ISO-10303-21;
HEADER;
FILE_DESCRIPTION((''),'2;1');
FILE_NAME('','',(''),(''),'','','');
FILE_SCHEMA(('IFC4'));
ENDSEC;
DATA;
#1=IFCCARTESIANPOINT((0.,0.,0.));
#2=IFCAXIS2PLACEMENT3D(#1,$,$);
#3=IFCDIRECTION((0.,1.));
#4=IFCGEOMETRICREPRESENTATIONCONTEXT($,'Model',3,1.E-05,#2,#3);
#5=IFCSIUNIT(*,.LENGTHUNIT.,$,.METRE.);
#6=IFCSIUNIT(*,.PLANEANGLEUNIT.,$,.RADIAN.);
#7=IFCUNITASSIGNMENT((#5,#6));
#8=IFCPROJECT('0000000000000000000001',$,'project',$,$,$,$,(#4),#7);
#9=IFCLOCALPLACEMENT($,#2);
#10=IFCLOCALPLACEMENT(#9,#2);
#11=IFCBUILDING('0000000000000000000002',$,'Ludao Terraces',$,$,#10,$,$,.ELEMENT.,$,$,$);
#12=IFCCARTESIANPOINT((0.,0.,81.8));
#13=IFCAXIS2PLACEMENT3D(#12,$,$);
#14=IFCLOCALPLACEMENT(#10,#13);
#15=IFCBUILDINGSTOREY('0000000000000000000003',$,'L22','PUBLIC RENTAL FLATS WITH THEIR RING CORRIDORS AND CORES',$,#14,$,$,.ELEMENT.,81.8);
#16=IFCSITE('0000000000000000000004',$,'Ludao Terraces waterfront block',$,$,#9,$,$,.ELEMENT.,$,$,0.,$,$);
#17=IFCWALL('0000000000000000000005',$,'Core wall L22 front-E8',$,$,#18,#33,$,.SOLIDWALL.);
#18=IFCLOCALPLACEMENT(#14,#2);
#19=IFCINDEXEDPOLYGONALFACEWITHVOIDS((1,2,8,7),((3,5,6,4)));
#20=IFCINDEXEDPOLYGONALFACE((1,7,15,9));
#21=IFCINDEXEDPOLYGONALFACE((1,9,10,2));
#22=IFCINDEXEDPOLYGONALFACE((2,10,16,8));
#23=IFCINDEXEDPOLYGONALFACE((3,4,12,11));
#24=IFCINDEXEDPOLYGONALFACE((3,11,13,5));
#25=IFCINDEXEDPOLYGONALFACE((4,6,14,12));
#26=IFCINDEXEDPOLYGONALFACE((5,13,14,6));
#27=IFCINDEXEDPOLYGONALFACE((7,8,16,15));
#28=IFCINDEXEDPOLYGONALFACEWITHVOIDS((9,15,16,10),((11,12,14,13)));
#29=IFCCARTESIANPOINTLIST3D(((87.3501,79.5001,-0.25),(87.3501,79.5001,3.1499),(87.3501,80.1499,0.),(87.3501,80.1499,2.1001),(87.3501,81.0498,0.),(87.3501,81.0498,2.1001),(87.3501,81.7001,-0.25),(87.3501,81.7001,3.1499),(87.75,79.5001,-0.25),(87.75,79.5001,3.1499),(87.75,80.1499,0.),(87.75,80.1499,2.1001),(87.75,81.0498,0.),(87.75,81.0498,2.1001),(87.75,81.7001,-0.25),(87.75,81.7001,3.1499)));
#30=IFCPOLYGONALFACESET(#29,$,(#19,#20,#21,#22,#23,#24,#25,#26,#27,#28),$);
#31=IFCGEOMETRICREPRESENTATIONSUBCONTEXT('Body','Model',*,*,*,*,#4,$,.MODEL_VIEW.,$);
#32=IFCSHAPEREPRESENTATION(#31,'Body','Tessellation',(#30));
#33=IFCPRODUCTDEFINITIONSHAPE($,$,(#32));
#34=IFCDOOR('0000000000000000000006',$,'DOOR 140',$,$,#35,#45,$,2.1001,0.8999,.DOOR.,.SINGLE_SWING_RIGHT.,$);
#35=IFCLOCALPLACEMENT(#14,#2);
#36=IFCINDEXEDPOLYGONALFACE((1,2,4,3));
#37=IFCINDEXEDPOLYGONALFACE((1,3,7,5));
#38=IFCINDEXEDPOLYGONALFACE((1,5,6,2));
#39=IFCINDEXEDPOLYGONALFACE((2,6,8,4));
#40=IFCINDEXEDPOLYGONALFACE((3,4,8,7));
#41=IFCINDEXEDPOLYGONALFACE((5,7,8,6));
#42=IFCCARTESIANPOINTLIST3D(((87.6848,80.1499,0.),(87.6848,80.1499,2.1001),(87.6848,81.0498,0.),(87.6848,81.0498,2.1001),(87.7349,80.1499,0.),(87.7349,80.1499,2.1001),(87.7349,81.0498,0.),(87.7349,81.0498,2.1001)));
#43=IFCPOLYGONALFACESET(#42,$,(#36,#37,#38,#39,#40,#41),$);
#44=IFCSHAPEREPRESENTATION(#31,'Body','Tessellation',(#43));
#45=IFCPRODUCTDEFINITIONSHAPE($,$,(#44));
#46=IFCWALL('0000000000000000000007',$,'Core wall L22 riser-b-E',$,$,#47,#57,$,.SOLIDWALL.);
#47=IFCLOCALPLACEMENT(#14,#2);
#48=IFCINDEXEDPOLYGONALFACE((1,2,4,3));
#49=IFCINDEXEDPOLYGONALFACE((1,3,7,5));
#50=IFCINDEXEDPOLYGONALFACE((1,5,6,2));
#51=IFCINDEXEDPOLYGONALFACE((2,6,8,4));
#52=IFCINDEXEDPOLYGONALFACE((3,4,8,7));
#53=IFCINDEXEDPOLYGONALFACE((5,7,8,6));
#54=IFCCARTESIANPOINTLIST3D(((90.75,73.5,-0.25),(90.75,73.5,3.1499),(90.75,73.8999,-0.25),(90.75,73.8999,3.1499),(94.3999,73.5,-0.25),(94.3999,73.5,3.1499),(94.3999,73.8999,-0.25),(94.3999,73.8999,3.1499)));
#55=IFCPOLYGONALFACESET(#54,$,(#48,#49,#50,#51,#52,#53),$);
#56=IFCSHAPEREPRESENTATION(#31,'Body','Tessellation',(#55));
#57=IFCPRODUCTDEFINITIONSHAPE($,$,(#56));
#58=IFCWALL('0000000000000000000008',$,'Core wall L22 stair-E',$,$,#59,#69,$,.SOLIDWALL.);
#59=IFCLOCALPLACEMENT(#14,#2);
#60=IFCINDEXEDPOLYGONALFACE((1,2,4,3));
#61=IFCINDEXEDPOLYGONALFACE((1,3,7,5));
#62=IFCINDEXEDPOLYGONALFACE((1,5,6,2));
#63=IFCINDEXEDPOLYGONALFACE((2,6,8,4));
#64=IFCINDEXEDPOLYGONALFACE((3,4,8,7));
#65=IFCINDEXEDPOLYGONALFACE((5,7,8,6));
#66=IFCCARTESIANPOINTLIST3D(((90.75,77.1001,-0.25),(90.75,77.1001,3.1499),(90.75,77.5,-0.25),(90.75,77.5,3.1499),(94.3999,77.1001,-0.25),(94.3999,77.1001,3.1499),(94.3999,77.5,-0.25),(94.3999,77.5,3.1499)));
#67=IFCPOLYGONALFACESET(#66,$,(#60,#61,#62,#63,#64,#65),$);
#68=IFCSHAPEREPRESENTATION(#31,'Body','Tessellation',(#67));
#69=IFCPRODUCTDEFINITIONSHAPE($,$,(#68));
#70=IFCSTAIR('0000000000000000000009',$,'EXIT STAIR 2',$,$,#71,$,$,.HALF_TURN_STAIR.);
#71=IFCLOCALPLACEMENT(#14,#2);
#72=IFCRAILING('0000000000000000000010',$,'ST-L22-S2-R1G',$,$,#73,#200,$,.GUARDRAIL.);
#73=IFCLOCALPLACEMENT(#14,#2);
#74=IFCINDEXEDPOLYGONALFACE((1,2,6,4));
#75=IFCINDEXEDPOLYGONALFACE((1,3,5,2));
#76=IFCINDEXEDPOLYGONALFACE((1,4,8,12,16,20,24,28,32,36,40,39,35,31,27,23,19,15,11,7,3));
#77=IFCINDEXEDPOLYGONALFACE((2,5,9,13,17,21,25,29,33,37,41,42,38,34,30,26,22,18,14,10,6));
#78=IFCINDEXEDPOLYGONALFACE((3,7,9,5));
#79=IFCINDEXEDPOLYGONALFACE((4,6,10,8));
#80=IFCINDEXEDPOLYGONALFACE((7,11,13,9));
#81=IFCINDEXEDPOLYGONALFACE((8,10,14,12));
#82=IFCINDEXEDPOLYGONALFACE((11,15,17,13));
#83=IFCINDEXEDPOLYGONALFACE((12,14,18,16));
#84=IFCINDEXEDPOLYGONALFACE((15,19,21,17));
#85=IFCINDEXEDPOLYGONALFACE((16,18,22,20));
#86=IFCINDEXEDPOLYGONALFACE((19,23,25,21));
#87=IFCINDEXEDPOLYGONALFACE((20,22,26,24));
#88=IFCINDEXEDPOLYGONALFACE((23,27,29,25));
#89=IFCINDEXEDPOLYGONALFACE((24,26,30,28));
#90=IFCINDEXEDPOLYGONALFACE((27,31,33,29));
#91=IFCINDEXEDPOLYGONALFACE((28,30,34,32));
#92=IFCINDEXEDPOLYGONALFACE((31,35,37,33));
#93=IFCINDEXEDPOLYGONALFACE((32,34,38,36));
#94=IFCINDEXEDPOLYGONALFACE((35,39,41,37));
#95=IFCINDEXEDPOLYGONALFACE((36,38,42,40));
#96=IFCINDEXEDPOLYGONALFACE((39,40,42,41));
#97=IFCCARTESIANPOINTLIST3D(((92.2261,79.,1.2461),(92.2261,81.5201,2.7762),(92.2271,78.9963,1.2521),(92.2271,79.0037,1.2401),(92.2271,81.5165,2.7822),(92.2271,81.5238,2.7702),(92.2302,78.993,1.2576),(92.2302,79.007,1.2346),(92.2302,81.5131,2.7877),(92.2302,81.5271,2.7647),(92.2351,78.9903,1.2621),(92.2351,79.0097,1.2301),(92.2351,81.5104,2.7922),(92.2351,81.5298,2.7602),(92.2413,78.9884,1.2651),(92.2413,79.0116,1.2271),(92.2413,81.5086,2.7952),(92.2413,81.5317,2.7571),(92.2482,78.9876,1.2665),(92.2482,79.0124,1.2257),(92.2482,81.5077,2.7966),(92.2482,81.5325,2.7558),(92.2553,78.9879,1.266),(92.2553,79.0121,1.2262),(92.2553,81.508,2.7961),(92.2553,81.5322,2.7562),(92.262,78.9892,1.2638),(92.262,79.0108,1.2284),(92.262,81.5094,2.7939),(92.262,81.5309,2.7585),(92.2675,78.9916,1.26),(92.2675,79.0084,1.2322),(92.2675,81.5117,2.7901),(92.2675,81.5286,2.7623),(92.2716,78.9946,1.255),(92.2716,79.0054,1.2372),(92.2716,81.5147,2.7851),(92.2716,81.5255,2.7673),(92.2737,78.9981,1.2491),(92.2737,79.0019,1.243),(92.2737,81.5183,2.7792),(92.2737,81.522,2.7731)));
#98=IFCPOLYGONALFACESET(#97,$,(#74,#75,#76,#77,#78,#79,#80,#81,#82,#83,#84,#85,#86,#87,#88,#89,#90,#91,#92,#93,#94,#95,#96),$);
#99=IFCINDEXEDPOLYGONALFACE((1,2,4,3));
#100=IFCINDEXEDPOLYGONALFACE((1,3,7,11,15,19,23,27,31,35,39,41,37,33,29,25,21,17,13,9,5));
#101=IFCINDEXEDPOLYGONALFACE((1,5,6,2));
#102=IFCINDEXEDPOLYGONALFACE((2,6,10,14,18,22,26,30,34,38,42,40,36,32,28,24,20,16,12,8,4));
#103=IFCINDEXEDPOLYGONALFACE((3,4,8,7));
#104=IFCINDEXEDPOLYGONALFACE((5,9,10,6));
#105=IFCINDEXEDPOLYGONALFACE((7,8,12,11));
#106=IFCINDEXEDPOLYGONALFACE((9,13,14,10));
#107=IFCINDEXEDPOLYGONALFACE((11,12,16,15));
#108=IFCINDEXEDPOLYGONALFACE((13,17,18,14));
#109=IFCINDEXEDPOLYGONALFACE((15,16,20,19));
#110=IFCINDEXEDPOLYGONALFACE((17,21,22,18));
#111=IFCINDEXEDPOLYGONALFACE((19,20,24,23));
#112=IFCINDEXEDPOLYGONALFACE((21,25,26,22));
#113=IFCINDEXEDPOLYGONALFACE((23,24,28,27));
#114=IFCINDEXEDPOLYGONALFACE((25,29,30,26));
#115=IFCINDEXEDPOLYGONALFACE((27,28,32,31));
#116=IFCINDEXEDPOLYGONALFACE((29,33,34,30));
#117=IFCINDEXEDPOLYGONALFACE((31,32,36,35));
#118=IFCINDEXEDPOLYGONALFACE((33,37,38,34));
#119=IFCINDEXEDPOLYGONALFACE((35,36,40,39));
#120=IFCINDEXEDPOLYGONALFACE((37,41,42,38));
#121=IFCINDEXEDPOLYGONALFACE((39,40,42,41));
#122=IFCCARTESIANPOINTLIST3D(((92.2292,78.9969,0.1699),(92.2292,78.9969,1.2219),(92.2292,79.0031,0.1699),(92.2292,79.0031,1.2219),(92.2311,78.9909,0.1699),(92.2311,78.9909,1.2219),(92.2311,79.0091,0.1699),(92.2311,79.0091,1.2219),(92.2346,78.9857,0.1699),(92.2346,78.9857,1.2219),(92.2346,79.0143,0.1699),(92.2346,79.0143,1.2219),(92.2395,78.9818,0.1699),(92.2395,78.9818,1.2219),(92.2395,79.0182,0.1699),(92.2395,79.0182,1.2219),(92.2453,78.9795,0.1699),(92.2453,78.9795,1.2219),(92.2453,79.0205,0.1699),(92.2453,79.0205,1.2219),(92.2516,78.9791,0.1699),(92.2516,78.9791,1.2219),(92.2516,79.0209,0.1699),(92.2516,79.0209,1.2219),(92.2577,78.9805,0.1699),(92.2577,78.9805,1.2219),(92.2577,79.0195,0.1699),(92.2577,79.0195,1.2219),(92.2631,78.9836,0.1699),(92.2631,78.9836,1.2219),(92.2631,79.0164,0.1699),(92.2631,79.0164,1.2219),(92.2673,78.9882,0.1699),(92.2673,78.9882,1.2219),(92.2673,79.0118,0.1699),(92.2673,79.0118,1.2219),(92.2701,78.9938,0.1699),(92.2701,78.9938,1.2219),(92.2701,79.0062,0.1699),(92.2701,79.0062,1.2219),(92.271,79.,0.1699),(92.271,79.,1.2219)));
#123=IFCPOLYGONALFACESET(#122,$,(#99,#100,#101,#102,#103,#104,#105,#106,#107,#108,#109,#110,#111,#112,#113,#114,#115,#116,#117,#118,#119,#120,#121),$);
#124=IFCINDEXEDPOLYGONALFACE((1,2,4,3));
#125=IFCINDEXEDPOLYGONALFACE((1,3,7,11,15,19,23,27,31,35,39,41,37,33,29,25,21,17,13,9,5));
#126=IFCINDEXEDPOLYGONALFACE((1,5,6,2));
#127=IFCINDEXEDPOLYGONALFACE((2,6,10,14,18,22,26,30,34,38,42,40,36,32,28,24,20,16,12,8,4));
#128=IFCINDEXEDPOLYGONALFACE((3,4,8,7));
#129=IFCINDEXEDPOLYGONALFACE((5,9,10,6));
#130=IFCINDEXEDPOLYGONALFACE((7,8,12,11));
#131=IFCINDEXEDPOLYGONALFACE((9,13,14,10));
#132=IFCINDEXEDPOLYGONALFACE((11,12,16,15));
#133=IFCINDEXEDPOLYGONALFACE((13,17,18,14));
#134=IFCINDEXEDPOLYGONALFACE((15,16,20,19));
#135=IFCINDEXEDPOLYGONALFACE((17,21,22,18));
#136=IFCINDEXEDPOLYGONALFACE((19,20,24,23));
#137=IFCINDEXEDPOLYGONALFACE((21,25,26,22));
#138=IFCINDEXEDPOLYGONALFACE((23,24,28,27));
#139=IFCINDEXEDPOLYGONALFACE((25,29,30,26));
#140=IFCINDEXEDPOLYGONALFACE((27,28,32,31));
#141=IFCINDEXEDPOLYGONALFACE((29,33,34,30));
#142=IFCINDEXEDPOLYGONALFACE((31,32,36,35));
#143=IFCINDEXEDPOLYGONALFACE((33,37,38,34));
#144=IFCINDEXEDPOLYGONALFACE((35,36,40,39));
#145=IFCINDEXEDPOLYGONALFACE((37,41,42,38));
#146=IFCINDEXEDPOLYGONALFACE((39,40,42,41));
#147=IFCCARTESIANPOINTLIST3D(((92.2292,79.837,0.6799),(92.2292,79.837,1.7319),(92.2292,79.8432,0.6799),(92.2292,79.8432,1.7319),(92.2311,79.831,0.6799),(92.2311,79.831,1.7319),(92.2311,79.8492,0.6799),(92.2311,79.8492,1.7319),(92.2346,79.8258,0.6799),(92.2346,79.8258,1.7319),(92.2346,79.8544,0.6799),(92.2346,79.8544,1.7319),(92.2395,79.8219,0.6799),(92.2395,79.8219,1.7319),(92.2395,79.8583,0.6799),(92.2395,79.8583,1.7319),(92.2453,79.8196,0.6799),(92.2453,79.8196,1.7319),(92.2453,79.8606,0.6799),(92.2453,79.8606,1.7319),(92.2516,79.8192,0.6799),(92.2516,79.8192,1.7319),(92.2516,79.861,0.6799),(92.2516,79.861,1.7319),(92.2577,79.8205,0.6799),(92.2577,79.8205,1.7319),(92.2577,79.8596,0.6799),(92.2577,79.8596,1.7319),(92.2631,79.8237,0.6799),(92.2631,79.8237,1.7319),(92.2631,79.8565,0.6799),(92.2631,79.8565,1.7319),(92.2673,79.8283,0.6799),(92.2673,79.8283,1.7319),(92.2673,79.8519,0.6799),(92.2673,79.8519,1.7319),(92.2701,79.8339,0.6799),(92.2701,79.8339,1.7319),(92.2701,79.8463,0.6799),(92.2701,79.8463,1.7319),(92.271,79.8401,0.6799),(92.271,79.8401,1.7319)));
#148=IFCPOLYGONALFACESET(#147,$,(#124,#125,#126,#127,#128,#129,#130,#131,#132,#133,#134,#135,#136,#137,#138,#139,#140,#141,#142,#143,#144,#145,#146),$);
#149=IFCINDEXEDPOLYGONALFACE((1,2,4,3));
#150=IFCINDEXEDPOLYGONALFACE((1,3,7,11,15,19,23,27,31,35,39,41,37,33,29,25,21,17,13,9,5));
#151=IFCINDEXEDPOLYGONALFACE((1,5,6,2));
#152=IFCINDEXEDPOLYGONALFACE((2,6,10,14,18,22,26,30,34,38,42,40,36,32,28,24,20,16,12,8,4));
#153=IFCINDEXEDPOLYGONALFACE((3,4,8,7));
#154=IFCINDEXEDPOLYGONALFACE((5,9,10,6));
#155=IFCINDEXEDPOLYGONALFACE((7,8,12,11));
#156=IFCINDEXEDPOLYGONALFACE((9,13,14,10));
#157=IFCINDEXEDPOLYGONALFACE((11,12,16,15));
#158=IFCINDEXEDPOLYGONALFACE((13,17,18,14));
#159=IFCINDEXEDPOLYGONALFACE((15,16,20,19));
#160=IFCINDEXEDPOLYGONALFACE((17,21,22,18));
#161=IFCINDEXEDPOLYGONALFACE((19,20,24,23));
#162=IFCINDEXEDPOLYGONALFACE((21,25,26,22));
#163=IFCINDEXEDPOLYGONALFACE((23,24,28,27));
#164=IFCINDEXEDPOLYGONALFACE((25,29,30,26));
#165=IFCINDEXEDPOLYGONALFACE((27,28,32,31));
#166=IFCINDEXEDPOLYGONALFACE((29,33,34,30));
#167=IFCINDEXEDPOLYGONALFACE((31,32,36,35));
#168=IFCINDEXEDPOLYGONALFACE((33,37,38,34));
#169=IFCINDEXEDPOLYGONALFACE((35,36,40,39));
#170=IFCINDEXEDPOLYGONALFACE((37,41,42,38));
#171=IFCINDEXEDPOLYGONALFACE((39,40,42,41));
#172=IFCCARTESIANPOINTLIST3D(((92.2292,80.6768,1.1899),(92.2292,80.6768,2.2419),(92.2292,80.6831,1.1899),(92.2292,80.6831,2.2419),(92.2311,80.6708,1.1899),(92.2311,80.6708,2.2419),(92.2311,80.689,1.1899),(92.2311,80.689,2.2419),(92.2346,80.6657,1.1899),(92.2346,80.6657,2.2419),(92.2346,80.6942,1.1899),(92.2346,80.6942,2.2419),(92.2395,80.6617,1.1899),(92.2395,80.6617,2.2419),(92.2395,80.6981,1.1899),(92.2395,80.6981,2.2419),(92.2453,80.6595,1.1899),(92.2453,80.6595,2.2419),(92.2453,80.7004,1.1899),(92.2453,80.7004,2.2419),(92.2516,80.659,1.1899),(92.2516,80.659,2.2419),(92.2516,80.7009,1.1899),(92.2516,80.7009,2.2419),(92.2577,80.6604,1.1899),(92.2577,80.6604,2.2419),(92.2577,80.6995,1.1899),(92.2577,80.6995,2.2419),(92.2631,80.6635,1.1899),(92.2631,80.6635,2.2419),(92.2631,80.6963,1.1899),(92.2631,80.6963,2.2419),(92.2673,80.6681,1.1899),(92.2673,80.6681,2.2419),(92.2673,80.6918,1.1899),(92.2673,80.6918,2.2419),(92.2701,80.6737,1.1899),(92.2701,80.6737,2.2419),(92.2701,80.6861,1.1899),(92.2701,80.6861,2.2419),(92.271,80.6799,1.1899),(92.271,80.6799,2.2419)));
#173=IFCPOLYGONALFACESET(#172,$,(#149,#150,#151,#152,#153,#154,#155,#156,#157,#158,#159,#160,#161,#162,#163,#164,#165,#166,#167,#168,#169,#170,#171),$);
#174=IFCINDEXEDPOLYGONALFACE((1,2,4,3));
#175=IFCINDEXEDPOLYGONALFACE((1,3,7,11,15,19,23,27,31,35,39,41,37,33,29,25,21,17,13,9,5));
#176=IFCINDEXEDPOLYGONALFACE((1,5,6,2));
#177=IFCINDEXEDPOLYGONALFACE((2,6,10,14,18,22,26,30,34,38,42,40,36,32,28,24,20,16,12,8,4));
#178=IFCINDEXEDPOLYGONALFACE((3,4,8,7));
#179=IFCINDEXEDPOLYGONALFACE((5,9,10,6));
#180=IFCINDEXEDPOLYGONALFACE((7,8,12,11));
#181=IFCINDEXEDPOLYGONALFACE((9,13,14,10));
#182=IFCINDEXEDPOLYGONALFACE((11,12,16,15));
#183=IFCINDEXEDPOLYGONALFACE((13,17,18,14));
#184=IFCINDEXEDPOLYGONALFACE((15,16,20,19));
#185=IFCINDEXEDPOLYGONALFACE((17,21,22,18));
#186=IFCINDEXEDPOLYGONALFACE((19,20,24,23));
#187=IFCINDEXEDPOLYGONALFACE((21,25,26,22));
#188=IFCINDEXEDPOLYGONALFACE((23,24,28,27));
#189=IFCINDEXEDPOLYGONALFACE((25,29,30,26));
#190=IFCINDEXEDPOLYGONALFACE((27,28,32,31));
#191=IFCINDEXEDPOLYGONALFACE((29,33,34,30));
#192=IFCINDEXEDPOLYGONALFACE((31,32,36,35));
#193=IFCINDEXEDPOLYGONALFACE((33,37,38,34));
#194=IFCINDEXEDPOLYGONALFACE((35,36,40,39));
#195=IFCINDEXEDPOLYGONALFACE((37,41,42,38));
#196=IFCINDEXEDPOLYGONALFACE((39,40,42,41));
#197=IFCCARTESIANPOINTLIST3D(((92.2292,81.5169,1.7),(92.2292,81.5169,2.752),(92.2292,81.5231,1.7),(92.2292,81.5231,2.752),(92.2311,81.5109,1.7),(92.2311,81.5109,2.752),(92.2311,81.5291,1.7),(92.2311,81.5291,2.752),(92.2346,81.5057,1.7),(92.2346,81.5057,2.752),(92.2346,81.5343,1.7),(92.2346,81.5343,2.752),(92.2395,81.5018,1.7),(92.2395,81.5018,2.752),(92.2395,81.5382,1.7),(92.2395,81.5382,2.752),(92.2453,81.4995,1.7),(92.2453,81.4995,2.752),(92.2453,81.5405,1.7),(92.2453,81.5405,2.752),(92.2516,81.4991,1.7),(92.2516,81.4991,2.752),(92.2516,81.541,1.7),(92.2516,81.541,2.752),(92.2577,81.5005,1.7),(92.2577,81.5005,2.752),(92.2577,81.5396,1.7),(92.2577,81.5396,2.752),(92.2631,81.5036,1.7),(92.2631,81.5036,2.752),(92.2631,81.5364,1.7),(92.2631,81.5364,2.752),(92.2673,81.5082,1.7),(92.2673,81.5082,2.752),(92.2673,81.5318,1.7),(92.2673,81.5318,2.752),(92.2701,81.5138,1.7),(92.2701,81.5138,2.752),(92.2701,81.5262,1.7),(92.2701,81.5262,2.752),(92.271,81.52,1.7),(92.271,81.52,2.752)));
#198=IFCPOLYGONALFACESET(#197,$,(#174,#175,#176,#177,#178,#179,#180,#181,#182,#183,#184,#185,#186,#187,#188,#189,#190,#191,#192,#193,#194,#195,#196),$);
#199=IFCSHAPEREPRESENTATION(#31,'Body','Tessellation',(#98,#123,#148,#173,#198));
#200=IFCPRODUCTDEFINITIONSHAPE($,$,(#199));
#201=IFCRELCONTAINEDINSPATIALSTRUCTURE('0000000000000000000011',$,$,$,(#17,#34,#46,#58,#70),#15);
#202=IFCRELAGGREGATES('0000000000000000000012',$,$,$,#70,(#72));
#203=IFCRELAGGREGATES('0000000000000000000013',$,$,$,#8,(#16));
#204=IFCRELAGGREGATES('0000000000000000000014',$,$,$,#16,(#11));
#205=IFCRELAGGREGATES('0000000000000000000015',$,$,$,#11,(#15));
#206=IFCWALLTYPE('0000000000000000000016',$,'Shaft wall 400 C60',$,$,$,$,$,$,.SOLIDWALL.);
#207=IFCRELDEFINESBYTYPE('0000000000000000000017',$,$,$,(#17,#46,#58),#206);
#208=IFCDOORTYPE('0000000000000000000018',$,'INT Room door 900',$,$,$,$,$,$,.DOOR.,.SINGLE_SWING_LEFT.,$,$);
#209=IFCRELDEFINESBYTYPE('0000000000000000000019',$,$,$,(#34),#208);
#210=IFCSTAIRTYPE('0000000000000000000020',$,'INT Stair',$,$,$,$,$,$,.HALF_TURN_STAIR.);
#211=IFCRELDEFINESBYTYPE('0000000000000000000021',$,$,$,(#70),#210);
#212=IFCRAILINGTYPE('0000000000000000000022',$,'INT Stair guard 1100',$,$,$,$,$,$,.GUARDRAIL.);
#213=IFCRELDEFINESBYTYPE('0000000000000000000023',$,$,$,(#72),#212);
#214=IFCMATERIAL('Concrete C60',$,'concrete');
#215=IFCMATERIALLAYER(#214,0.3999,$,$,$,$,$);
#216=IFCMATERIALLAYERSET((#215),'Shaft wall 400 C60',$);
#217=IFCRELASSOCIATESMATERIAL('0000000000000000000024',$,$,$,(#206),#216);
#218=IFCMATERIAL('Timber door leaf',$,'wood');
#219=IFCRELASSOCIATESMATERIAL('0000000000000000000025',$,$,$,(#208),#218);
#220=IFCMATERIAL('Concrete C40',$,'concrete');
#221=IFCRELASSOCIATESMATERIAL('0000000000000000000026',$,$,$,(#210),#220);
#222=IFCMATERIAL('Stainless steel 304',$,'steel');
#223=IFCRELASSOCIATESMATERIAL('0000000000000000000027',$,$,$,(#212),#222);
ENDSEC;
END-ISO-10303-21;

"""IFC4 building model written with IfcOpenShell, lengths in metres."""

from ifc_helpers import new_model, si_unit, direction, frame, frame_2d, origin, origin_2d, place, context, subcontext, project, spatial, rectangle, circle, extrude, material, layer, layer_set, type_object, element, fill, aggregate, save


model = new_model("IFC4")

# Units and contexts
model_context = context("Model", 3, precision=1e-05, world=origin(), true_north=direction((0.0, 1.0)))
body_context = subcontext(model_context, "Body", "Model", "MODEL_VIEW")
ifc_project = project(units=[si_unit("LENGTHUNIT", "METRE"), si_unit("PLANEANGLEUNIT", "RADIAN")], contexts=[model_context])

# Site, building, storey
site_placement = place(None, origin())
site = spatial("IfcSite", under=ifc_project, at=site_placement, Name="Ludao Terraces waterfront block", CompositionType="ELEMENT", RefElevation=0.0)
building_placement = place(site_placement, origin())
building = spatial("IfcBuilding", under=site, at=building_placement, Name="Ludao Terraces", CompositionType="ELEMENT")
storey_placement = place(building_placement, frame((0.0, 0.0, 81.8)))
storey = spatial("IfcBuildingStorey", under=building, at=storey_placement, Name="L22", Description="PUBLIC RENTAL FLATS WITH THEIR RING CORRIDORS AND CORES", CompositionType="ELEMENT", Elevation=81.8)

# Shared definitions
ifc_material_1 = material(Name="Concrete C60", Category="concrete")
ifc_layer_1 = layer(ifc_material_1, 0.3999)
ifc_layer_set_1 = layer_set([ifc_layer_1], Name="Shaft wall 400 C60")
wall_type_1 = type_object("IfcWallType", Name="Shaft wall 400 C60", PredefinedType="SOLIDWALL", material=ifc_layer_set_1)

# Shared definitions
ifc_material_2 = material(Name="Timber door leaf", Category="wood")
door_type_1 = type_object("IfcDoorType", Name="INT Room door 900", OperationType="SINGLE_SWING_LEFT", PredefinedType="DOOR", material=ifc_material_2)

# Wall, opening, door
wall_1_placement = place(storey_placement, frame((87.55, 79.5, -0.25), z_axis=(0.0, 0.0, 1.0), x_axis=(0.0, 1.0, 0.0)))
wall_1 = element("IfcWall", 1, at=wall_1_placement, inside=storey, type_object=wall_type_1, Name="Core wall L22 front-E8", PredefinedType="SOLIDWALL", context=body_context, shape_type="SweptSolid", body=[
    extrude(rectangle(XDim=2.2, YDim=0.3999, at=frame_2d((1.1001, 0.0))), origin(), (0.0, 0.0, 1.0), 3.3999),
])
opening_1_placement = place(wall_1_placement, frame((0.6499, 0.0, 0.25)))
opening_1 = element("IfcOpeningElement", 2, at=opening_1_placement, cuts=wall_1, PredefinedType="OPENING", context=body_context, shape_type="SweptSolid", body=[
    extrude(rectangle(XDim=0.8999, YDim=2.1001, at=frame_2d((0.45, 1.05))), frame((0.0, 0.21, 0.0), z_axis=(0.0, -1.0, 0.0), x_axis=(1.0, 0.0, 0.0)), (0.0, 0.0, 1.0), 0.4199),
])
door_1_placement = place(opening_1_placement, origin())
door_1 = element("IfcDoor", 3, at=door_1_placement, inside=storey, type_object=door_type_1, Name="DOOR 140", OperationType="SINGLE_SWING_RIGHT", OverallHeight=2.1001, OverallWidth=0.8999, PredefinedType="DOOR", context=body_context, shape_type="SweptSolid", body=[
    extrude(rectangle(XDim=0.8999, YDim=2.1001, at=frame_2d((0.45, 1.05))), frame((0.0, -0.1348, 0.0), z_axis=(0.0, -1.0, 0.0), x_axis=(1.0, 0.0, 0.0)), (0.0, 0.0, 1.0), 0.05),
])
fill(opening_1, door_1)

# Walls
for number, where, z_axis, x_axis, name in (
    (4, (90.75, 73.7, -0.25), (0.0, 0.0, 1.0), (1.0, 0.0, 0.0), "Core wall L22 riser-b-E"),
    (5, (90.75, 77.3, -0.25), (0.0, 0.0, 1.0), (1.0, 0.0, 0.0), "Core wall L22 stair-E"),
):
    element("IfcWall", number, at=place(storey_placement, frame(where, z_axis=z_axis, x_axis=x_axis)), inside=storey, type_object=wall_type_1, Name=name, PredefinedType="SOLIDWALL", context=body_context, shape_type="SweptSolid", body=[
        extrude(rectangle(XDim=3.6499, YDim=0.3999, at=frame_2d((1.825, 0.0))), origin(), (0.0, 0.0, 1.0), 3.3999),
    ])

# Stair, railing
ifc_material_3 = material(Name="Concrete C40", Category="concrete")
stair_type = type_object("IfcStairType", Name="INT Stair", PredefinedType="HALF_TURN_STAIR", material=ifc_material_3)
stair_placement = place(storey_placement, origin())
stair = element("IfcStair", 6, at=stair_placement, inside=storey, type_object=stair_type, Name="EXIT STAIR 2", PredefinedType="HALF_TURN_STAIR")
ifc_material_4 = material(Name="Stainless steel 304", Category="steel")
railing_type_1 = type_object("IfcRailingType", Name="INT Stair guard 1100", PredefinedType="GUARDRAIL", material=ifc_material_4)
railing_1_placement = place(storey_placement, frame((92.25, 79.0, 0.1699)))
railing_1 = element("IfcRailing", 7, at=railing_1_placement, type_object=railing_type_1, Name="ST-L22-S2-R1G", PredefinedType="GUARDRAIL", context=body_context, shape_type="SweptSolid", body=[
    extrude(circle(Radius=0.0239, at=origin_2d()), frame((0.0, 0.0, 1.0762), z_axis=(0.0, 0.854785, 0.518982), x_axis=(-1.0, 0.0, 0.0)), (0.0, 0.0, 1.0), 2.9482),
    extrude(circle(Radius=0.021, at=origin_2d()), origin(), (0.0, 0.0, 1.0), 1.052),
    extrude(circle(Radius=0.021, at=origin_2d()), frame((0.0, 0.8401, 0.51)), (0.0, 0.0, 1.0), 1.052),
    extrude(circle(Radius=0.021, at=origin_2d()), frame((0.0, 1.6799, 1.02)), (0.0, 0.0, 1.0), 1.052),
    extrude(circle(Radius=0.021, at=origin_2d()), frame((0.0, 2.52, 1.53)), (0.0, 0.0, 1.0), 1.052),
])
aggregate(stair, [railing_1])

save(model, "model.ifc")
